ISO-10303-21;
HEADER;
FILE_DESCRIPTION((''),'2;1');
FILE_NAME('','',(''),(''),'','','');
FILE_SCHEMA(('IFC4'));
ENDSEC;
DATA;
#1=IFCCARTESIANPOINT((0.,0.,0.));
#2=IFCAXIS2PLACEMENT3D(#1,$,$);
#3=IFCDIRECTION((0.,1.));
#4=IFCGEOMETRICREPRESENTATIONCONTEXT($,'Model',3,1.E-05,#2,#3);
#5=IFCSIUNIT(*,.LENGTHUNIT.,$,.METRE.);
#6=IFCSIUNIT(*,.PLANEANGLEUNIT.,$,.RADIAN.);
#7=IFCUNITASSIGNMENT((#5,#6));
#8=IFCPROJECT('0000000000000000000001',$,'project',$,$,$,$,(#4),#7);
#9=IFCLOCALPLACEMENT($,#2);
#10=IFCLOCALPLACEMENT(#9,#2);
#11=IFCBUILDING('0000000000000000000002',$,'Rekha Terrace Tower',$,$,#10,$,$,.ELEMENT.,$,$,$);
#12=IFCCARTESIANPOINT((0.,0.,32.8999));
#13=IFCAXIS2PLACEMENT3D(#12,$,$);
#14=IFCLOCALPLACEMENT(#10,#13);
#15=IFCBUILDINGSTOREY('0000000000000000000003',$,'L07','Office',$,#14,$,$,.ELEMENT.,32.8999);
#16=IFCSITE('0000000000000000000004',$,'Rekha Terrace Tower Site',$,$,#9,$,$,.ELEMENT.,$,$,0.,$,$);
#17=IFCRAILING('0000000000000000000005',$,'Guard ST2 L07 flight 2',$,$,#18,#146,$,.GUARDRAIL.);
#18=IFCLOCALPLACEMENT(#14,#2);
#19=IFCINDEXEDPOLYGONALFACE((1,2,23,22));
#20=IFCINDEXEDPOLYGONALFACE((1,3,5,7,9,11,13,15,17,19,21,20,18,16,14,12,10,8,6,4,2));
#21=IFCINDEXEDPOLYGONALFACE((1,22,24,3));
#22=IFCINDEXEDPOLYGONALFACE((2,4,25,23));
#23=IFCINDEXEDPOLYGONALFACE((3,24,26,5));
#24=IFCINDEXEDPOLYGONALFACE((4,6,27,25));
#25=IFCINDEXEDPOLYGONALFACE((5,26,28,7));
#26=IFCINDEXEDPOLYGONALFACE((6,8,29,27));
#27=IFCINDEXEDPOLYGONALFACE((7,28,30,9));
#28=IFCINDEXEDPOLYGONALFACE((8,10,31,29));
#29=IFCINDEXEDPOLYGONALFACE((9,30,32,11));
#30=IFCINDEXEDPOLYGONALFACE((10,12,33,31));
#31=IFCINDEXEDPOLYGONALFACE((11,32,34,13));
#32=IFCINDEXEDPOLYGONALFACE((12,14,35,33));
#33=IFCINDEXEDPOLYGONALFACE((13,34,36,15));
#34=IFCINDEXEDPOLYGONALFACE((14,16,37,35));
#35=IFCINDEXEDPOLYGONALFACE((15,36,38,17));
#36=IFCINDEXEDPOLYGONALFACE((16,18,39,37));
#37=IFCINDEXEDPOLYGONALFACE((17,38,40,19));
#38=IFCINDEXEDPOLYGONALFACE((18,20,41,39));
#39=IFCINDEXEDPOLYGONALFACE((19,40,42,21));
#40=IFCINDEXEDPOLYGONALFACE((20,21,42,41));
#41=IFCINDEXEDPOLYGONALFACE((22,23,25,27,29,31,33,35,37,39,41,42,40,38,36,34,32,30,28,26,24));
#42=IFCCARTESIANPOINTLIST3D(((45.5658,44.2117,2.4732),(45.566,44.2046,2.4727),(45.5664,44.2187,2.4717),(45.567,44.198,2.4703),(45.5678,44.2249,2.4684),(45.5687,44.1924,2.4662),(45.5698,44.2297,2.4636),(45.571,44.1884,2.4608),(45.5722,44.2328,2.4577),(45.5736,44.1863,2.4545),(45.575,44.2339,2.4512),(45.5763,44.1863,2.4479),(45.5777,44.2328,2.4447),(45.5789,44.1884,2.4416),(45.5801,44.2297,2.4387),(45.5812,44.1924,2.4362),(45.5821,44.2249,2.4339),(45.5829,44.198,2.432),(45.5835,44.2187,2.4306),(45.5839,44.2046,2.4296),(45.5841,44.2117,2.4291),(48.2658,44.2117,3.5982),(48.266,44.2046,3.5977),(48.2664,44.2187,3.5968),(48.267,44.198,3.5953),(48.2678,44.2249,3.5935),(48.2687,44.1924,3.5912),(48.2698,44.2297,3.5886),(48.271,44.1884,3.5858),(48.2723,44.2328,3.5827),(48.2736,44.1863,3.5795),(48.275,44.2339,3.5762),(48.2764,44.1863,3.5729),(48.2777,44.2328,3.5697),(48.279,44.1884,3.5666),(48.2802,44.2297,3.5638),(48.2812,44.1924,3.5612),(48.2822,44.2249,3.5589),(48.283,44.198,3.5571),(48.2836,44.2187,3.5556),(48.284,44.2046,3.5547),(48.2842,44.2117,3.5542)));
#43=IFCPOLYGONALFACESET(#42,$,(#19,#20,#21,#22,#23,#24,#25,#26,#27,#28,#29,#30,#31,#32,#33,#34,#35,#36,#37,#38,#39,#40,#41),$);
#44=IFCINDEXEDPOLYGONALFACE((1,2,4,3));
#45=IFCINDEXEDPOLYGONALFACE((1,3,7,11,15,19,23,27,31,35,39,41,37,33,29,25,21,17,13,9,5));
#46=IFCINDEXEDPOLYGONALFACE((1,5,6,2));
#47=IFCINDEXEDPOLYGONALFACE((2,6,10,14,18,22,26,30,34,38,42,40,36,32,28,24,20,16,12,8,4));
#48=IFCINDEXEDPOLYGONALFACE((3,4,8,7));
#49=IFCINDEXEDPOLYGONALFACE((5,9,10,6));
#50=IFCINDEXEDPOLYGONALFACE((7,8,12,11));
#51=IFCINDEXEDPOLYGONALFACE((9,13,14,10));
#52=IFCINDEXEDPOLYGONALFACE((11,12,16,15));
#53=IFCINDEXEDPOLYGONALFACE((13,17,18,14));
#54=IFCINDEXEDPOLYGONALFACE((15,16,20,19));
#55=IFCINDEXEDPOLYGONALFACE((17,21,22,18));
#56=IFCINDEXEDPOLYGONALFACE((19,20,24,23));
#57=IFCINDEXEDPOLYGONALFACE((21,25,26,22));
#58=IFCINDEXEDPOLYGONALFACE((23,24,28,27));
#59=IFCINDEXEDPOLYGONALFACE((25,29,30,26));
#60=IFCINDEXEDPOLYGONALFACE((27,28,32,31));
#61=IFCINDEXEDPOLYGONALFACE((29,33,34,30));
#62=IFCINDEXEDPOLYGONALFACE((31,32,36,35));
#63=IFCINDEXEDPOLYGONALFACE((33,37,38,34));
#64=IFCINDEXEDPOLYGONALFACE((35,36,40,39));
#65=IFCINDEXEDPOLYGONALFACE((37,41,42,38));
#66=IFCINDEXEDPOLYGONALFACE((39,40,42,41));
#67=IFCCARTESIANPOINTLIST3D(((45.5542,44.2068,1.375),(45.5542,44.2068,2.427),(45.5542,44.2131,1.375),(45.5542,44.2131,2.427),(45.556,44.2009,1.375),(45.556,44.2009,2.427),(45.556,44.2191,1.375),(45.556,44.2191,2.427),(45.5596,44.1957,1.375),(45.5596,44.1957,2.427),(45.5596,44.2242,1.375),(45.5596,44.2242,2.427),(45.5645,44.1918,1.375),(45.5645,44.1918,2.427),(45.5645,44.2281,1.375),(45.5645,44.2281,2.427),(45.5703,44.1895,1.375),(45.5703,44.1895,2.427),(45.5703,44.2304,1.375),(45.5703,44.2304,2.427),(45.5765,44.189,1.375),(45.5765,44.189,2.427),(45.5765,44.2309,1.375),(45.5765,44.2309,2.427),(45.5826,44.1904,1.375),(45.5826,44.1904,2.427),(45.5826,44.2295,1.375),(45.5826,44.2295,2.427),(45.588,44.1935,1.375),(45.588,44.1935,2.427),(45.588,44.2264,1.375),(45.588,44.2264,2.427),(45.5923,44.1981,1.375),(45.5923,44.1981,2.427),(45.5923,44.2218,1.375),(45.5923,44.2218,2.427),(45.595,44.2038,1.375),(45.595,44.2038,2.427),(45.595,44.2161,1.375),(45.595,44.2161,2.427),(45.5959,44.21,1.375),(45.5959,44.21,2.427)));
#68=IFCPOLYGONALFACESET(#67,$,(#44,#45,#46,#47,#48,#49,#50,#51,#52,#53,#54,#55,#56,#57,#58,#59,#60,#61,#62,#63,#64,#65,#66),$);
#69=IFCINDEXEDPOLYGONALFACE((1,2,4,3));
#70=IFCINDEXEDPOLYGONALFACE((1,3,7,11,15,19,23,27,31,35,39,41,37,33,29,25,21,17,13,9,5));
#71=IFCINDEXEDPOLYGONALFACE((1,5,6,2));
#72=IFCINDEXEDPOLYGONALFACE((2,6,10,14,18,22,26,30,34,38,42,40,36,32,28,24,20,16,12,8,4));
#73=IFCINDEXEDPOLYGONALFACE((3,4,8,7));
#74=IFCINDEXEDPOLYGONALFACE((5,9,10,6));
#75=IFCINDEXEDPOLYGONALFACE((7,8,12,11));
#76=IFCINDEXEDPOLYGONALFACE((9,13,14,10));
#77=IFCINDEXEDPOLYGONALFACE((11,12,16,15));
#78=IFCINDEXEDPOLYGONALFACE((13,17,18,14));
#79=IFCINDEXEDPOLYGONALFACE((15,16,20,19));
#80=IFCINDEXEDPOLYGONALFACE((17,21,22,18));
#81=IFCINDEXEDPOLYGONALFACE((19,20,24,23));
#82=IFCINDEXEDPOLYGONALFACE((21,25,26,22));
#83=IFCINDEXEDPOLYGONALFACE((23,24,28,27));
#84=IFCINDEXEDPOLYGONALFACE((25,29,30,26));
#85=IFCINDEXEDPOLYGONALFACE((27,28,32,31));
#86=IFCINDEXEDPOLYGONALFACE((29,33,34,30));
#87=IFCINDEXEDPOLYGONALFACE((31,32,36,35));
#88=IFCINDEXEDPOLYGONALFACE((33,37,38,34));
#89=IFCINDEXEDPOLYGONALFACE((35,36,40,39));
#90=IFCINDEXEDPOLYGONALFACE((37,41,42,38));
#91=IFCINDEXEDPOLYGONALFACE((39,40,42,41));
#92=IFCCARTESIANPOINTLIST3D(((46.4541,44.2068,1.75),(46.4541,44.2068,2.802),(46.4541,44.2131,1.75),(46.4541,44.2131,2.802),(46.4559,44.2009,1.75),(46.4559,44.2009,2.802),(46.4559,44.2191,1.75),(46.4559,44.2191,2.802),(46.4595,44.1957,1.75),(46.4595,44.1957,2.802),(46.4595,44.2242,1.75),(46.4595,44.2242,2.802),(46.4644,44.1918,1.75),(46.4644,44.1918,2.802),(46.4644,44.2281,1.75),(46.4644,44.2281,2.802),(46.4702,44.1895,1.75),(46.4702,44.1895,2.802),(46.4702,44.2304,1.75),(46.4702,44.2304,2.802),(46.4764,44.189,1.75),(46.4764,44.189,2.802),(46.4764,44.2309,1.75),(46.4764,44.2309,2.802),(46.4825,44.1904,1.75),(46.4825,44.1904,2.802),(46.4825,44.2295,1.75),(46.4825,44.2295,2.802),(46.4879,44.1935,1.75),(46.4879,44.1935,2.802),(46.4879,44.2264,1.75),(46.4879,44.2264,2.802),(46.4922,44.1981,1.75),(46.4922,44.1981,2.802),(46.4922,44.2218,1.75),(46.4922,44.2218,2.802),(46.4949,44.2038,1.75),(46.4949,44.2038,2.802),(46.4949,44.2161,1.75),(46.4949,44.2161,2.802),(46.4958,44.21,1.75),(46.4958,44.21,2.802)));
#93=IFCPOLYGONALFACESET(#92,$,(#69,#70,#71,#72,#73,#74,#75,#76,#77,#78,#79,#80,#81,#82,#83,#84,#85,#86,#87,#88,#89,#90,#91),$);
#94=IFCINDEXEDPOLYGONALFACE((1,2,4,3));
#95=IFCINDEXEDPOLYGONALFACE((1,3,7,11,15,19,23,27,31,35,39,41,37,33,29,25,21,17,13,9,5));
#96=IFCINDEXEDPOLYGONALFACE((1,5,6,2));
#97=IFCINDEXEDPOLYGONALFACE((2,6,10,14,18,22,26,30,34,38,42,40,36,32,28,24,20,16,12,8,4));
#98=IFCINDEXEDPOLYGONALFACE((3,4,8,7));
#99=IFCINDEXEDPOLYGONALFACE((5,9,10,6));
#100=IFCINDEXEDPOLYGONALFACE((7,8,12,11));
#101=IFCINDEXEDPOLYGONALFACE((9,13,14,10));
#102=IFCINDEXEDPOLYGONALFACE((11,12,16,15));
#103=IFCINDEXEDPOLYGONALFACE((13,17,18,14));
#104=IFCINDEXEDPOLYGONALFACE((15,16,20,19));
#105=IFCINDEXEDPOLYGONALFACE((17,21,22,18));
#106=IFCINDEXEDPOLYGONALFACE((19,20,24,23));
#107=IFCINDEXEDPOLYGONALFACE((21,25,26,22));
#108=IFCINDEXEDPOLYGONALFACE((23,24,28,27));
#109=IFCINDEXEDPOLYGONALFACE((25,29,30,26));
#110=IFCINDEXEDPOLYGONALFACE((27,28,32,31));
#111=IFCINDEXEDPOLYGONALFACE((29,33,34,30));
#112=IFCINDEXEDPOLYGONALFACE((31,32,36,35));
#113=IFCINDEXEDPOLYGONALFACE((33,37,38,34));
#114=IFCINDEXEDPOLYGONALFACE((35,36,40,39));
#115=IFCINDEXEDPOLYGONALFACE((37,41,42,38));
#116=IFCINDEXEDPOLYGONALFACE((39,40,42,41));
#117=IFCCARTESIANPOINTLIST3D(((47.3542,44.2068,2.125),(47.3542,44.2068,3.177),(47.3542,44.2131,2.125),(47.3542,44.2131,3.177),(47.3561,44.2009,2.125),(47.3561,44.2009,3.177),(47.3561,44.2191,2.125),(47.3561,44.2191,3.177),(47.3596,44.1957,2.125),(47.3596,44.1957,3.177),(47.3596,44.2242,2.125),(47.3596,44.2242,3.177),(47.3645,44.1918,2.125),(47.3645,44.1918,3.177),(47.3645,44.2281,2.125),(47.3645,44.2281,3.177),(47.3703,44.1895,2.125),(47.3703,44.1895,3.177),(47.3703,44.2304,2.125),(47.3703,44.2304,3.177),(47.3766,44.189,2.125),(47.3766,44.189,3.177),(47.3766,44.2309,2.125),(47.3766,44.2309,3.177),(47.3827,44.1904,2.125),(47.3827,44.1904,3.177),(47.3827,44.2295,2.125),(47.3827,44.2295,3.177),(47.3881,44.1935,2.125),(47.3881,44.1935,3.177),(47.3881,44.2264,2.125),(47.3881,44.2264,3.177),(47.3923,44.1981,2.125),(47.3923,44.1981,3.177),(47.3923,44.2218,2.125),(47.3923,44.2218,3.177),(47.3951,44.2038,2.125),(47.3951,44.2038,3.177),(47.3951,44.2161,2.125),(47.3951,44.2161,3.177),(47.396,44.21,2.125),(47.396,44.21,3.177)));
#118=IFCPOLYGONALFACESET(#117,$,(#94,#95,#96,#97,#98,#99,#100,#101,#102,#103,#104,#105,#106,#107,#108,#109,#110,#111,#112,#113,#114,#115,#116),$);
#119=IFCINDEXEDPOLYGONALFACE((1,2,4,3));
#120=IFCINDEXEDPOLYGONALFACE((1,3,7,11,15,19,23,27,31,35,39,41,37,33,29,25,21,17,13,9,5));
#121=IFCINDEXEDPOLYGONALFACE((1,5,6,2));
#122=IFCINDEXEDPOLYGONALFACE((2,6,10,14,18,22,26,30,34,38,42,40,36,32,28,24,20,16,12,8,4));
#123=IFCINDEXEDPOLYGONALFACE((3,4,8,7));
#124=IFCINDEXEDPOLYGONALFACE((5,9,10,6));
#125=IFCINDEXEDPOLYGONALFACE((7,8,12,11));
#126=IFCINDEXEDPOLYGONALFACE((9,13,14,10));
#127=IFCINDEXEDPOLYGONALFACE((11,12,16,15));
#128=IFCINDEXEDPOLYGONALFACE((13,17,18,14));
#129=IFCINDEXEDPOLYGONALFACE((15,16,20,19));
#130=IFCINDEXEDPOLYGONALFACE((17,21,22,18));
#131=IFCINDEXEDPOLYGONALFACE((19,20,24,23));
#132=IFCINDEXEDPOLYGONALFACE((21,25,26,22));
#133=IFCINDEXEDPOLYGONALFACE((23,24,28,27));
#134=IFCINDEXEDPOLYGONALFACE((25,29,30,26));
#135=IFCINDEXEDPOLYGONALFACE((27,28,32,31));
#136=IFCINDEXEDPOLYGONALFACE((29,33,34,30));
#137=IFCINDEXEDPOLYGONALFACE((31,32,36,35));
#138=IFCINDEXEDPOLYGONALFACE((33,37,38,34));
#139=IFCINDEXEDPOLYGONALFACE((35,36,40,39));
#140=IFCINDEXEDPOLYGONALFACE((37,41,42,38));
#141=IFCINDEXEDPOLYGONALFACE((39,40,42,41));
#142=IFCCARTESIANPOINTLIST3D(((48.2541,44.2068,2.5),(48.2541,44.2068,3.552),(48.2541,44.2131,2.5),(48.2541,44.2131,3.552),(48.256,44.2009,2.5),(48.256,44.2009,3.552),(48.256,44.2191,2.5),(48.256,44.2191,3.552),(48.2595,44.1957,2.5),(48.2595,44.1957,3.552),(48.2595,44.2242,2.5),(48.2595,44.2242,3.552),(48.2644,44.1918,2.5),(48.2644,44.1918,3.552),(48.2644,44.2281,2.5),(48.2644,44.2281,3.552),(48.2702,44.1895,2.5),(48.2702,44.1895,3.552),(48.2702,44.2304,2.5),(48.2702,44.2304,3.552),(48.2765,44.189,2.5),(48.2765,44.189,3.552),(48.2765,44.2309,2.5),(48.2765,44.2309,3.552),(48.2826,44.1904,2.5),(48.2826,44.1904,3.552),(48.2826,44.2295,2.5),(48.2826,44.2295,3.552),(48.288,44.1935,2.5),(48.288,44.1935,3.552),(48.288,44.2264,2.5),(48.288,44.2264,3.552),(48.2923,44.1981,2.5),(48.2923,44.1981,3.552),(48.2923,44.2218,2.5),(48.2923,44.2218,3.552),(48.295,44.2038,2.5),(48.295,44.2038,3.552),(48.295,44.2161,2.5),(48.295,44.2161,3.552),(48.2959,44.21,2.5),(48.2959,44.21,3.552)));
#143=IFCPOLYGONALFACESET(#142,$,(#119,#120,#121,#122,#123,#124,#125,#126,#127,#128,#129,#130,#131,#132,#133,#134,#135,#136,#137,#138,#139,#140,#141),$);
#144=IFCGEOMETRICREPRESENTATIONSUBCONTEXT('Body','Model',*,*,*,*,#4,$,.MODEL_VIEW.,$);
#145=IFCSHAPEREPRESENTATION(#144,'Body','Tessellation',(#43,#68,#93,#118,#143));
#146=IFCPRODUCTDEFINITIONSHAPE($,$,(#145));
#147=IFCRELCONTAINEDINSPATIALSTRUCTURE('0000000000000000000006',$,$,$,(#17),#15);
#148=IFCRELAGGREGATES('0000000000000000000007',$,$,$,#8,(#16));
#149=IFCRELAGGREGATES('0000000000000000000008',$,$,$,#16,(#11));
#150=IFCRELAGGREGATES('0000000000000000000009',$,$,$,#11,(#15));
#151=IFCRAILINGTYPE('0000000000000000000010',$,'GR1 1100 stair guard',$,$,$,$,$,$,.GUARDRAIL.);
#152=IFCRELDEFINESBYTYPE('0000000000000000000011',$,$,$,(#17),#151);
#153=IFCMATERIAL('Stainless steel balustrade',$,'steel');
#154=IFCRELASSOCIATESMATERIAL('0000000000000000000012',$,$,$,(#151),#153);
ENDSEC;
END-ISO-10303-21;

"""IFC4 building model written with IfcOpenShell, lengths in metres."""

from ifc_helpers import new_model, si_unit, direction, frame, origin, origin_2d, place, context, subcontext, project, spatial, circle, extrude, material, type_object, element, save


model = new_model("IFC4")

# Units and contexts
model_context = context("Model", 3, precision=1e-05, world=origin(), true_north=direction((0.0, 1.0)))
body_context = subcontext(model_context, "Body", "Model", "MODEL_VIEW")
ifc_project = project(units=[si_unit("LENGTHUNIT", "METRE"), si_unit("PLANEANGLEUNIT", "RADIAN")], contexts=[model_context])

# Site, building, storey
site_placement = place(None, origin())
site = spatial("IfcSite", under=ifc_project, at=site_placement, Name="Rekha Terrace Tower Site", CompositionType="ELEMENT", RefElevation=0.0)
building_placement = place(site_placement, origin())
building = spatial("IfcBuilding", under=site, at=building_placement, Name="Rekha Terrace Tower", CompositionType="ELEMENT")
storey_placement = place(building_placement, frame((0.0, 0.0, 32.8999)))
storey = spatial("IfcBuildingStorey", under=building, at=storey_placement, Name="L07", Description="Office", CompositionType="ELEMENT", Elevation=32.8999)

# Railing
ifc_material_1 = material(Name="Stainless steel balustrade", Category="steel")
railing_type_1 = type_object("IfcRailingType", Name="GR1 1100 stair guard", PredefinedType="GUARDRAIL", material=ifc_material_1)
railing_1_placement = place(storey_placement, frame((45.575, 44.21, 1.375)))
element("IfcRailing", 1, at=railing_1_placement, inside=storey, type_object=railing_type_1, Name="Guard ST2 L07 flight 2", PredefinedType="GUARDRAIL", context=body_context, shape_type="SweptSolid", body=[
    extrude(circle(Radius=0.0239, at=origin_2d()), frame((0.0, 0.0, 1.0762), z_axis=(0.923074, 0.0, 0.384621), x_axis=(0.0, 1.0, 0.0)), (0.0, 0.0, 1.0), 2.925),
    extrude(circle(Radius=0.021, at=origin_2d()), origin(), (0.0, 0.0, 1.0), 1.052),
    extrude(circle(Radius=0.021, at=origin_2d()), frame((0.8999, 0.0, 0.375)), (0.0, 0.0, 1.0), 1.052),
    extrude(circle(Radius=0.021, at=origin_2d()), frame((1.8, 0.0, 0.75)), (0.0, 0.0, 1.0), 1.052),
    extrude(circle(Radius=0.021, at=origin_2d()), frame((2.7, 0.0, 1.125)), (0.0, 0.0, 1.0), 1.052),
])

save(model, "model.ifc")
